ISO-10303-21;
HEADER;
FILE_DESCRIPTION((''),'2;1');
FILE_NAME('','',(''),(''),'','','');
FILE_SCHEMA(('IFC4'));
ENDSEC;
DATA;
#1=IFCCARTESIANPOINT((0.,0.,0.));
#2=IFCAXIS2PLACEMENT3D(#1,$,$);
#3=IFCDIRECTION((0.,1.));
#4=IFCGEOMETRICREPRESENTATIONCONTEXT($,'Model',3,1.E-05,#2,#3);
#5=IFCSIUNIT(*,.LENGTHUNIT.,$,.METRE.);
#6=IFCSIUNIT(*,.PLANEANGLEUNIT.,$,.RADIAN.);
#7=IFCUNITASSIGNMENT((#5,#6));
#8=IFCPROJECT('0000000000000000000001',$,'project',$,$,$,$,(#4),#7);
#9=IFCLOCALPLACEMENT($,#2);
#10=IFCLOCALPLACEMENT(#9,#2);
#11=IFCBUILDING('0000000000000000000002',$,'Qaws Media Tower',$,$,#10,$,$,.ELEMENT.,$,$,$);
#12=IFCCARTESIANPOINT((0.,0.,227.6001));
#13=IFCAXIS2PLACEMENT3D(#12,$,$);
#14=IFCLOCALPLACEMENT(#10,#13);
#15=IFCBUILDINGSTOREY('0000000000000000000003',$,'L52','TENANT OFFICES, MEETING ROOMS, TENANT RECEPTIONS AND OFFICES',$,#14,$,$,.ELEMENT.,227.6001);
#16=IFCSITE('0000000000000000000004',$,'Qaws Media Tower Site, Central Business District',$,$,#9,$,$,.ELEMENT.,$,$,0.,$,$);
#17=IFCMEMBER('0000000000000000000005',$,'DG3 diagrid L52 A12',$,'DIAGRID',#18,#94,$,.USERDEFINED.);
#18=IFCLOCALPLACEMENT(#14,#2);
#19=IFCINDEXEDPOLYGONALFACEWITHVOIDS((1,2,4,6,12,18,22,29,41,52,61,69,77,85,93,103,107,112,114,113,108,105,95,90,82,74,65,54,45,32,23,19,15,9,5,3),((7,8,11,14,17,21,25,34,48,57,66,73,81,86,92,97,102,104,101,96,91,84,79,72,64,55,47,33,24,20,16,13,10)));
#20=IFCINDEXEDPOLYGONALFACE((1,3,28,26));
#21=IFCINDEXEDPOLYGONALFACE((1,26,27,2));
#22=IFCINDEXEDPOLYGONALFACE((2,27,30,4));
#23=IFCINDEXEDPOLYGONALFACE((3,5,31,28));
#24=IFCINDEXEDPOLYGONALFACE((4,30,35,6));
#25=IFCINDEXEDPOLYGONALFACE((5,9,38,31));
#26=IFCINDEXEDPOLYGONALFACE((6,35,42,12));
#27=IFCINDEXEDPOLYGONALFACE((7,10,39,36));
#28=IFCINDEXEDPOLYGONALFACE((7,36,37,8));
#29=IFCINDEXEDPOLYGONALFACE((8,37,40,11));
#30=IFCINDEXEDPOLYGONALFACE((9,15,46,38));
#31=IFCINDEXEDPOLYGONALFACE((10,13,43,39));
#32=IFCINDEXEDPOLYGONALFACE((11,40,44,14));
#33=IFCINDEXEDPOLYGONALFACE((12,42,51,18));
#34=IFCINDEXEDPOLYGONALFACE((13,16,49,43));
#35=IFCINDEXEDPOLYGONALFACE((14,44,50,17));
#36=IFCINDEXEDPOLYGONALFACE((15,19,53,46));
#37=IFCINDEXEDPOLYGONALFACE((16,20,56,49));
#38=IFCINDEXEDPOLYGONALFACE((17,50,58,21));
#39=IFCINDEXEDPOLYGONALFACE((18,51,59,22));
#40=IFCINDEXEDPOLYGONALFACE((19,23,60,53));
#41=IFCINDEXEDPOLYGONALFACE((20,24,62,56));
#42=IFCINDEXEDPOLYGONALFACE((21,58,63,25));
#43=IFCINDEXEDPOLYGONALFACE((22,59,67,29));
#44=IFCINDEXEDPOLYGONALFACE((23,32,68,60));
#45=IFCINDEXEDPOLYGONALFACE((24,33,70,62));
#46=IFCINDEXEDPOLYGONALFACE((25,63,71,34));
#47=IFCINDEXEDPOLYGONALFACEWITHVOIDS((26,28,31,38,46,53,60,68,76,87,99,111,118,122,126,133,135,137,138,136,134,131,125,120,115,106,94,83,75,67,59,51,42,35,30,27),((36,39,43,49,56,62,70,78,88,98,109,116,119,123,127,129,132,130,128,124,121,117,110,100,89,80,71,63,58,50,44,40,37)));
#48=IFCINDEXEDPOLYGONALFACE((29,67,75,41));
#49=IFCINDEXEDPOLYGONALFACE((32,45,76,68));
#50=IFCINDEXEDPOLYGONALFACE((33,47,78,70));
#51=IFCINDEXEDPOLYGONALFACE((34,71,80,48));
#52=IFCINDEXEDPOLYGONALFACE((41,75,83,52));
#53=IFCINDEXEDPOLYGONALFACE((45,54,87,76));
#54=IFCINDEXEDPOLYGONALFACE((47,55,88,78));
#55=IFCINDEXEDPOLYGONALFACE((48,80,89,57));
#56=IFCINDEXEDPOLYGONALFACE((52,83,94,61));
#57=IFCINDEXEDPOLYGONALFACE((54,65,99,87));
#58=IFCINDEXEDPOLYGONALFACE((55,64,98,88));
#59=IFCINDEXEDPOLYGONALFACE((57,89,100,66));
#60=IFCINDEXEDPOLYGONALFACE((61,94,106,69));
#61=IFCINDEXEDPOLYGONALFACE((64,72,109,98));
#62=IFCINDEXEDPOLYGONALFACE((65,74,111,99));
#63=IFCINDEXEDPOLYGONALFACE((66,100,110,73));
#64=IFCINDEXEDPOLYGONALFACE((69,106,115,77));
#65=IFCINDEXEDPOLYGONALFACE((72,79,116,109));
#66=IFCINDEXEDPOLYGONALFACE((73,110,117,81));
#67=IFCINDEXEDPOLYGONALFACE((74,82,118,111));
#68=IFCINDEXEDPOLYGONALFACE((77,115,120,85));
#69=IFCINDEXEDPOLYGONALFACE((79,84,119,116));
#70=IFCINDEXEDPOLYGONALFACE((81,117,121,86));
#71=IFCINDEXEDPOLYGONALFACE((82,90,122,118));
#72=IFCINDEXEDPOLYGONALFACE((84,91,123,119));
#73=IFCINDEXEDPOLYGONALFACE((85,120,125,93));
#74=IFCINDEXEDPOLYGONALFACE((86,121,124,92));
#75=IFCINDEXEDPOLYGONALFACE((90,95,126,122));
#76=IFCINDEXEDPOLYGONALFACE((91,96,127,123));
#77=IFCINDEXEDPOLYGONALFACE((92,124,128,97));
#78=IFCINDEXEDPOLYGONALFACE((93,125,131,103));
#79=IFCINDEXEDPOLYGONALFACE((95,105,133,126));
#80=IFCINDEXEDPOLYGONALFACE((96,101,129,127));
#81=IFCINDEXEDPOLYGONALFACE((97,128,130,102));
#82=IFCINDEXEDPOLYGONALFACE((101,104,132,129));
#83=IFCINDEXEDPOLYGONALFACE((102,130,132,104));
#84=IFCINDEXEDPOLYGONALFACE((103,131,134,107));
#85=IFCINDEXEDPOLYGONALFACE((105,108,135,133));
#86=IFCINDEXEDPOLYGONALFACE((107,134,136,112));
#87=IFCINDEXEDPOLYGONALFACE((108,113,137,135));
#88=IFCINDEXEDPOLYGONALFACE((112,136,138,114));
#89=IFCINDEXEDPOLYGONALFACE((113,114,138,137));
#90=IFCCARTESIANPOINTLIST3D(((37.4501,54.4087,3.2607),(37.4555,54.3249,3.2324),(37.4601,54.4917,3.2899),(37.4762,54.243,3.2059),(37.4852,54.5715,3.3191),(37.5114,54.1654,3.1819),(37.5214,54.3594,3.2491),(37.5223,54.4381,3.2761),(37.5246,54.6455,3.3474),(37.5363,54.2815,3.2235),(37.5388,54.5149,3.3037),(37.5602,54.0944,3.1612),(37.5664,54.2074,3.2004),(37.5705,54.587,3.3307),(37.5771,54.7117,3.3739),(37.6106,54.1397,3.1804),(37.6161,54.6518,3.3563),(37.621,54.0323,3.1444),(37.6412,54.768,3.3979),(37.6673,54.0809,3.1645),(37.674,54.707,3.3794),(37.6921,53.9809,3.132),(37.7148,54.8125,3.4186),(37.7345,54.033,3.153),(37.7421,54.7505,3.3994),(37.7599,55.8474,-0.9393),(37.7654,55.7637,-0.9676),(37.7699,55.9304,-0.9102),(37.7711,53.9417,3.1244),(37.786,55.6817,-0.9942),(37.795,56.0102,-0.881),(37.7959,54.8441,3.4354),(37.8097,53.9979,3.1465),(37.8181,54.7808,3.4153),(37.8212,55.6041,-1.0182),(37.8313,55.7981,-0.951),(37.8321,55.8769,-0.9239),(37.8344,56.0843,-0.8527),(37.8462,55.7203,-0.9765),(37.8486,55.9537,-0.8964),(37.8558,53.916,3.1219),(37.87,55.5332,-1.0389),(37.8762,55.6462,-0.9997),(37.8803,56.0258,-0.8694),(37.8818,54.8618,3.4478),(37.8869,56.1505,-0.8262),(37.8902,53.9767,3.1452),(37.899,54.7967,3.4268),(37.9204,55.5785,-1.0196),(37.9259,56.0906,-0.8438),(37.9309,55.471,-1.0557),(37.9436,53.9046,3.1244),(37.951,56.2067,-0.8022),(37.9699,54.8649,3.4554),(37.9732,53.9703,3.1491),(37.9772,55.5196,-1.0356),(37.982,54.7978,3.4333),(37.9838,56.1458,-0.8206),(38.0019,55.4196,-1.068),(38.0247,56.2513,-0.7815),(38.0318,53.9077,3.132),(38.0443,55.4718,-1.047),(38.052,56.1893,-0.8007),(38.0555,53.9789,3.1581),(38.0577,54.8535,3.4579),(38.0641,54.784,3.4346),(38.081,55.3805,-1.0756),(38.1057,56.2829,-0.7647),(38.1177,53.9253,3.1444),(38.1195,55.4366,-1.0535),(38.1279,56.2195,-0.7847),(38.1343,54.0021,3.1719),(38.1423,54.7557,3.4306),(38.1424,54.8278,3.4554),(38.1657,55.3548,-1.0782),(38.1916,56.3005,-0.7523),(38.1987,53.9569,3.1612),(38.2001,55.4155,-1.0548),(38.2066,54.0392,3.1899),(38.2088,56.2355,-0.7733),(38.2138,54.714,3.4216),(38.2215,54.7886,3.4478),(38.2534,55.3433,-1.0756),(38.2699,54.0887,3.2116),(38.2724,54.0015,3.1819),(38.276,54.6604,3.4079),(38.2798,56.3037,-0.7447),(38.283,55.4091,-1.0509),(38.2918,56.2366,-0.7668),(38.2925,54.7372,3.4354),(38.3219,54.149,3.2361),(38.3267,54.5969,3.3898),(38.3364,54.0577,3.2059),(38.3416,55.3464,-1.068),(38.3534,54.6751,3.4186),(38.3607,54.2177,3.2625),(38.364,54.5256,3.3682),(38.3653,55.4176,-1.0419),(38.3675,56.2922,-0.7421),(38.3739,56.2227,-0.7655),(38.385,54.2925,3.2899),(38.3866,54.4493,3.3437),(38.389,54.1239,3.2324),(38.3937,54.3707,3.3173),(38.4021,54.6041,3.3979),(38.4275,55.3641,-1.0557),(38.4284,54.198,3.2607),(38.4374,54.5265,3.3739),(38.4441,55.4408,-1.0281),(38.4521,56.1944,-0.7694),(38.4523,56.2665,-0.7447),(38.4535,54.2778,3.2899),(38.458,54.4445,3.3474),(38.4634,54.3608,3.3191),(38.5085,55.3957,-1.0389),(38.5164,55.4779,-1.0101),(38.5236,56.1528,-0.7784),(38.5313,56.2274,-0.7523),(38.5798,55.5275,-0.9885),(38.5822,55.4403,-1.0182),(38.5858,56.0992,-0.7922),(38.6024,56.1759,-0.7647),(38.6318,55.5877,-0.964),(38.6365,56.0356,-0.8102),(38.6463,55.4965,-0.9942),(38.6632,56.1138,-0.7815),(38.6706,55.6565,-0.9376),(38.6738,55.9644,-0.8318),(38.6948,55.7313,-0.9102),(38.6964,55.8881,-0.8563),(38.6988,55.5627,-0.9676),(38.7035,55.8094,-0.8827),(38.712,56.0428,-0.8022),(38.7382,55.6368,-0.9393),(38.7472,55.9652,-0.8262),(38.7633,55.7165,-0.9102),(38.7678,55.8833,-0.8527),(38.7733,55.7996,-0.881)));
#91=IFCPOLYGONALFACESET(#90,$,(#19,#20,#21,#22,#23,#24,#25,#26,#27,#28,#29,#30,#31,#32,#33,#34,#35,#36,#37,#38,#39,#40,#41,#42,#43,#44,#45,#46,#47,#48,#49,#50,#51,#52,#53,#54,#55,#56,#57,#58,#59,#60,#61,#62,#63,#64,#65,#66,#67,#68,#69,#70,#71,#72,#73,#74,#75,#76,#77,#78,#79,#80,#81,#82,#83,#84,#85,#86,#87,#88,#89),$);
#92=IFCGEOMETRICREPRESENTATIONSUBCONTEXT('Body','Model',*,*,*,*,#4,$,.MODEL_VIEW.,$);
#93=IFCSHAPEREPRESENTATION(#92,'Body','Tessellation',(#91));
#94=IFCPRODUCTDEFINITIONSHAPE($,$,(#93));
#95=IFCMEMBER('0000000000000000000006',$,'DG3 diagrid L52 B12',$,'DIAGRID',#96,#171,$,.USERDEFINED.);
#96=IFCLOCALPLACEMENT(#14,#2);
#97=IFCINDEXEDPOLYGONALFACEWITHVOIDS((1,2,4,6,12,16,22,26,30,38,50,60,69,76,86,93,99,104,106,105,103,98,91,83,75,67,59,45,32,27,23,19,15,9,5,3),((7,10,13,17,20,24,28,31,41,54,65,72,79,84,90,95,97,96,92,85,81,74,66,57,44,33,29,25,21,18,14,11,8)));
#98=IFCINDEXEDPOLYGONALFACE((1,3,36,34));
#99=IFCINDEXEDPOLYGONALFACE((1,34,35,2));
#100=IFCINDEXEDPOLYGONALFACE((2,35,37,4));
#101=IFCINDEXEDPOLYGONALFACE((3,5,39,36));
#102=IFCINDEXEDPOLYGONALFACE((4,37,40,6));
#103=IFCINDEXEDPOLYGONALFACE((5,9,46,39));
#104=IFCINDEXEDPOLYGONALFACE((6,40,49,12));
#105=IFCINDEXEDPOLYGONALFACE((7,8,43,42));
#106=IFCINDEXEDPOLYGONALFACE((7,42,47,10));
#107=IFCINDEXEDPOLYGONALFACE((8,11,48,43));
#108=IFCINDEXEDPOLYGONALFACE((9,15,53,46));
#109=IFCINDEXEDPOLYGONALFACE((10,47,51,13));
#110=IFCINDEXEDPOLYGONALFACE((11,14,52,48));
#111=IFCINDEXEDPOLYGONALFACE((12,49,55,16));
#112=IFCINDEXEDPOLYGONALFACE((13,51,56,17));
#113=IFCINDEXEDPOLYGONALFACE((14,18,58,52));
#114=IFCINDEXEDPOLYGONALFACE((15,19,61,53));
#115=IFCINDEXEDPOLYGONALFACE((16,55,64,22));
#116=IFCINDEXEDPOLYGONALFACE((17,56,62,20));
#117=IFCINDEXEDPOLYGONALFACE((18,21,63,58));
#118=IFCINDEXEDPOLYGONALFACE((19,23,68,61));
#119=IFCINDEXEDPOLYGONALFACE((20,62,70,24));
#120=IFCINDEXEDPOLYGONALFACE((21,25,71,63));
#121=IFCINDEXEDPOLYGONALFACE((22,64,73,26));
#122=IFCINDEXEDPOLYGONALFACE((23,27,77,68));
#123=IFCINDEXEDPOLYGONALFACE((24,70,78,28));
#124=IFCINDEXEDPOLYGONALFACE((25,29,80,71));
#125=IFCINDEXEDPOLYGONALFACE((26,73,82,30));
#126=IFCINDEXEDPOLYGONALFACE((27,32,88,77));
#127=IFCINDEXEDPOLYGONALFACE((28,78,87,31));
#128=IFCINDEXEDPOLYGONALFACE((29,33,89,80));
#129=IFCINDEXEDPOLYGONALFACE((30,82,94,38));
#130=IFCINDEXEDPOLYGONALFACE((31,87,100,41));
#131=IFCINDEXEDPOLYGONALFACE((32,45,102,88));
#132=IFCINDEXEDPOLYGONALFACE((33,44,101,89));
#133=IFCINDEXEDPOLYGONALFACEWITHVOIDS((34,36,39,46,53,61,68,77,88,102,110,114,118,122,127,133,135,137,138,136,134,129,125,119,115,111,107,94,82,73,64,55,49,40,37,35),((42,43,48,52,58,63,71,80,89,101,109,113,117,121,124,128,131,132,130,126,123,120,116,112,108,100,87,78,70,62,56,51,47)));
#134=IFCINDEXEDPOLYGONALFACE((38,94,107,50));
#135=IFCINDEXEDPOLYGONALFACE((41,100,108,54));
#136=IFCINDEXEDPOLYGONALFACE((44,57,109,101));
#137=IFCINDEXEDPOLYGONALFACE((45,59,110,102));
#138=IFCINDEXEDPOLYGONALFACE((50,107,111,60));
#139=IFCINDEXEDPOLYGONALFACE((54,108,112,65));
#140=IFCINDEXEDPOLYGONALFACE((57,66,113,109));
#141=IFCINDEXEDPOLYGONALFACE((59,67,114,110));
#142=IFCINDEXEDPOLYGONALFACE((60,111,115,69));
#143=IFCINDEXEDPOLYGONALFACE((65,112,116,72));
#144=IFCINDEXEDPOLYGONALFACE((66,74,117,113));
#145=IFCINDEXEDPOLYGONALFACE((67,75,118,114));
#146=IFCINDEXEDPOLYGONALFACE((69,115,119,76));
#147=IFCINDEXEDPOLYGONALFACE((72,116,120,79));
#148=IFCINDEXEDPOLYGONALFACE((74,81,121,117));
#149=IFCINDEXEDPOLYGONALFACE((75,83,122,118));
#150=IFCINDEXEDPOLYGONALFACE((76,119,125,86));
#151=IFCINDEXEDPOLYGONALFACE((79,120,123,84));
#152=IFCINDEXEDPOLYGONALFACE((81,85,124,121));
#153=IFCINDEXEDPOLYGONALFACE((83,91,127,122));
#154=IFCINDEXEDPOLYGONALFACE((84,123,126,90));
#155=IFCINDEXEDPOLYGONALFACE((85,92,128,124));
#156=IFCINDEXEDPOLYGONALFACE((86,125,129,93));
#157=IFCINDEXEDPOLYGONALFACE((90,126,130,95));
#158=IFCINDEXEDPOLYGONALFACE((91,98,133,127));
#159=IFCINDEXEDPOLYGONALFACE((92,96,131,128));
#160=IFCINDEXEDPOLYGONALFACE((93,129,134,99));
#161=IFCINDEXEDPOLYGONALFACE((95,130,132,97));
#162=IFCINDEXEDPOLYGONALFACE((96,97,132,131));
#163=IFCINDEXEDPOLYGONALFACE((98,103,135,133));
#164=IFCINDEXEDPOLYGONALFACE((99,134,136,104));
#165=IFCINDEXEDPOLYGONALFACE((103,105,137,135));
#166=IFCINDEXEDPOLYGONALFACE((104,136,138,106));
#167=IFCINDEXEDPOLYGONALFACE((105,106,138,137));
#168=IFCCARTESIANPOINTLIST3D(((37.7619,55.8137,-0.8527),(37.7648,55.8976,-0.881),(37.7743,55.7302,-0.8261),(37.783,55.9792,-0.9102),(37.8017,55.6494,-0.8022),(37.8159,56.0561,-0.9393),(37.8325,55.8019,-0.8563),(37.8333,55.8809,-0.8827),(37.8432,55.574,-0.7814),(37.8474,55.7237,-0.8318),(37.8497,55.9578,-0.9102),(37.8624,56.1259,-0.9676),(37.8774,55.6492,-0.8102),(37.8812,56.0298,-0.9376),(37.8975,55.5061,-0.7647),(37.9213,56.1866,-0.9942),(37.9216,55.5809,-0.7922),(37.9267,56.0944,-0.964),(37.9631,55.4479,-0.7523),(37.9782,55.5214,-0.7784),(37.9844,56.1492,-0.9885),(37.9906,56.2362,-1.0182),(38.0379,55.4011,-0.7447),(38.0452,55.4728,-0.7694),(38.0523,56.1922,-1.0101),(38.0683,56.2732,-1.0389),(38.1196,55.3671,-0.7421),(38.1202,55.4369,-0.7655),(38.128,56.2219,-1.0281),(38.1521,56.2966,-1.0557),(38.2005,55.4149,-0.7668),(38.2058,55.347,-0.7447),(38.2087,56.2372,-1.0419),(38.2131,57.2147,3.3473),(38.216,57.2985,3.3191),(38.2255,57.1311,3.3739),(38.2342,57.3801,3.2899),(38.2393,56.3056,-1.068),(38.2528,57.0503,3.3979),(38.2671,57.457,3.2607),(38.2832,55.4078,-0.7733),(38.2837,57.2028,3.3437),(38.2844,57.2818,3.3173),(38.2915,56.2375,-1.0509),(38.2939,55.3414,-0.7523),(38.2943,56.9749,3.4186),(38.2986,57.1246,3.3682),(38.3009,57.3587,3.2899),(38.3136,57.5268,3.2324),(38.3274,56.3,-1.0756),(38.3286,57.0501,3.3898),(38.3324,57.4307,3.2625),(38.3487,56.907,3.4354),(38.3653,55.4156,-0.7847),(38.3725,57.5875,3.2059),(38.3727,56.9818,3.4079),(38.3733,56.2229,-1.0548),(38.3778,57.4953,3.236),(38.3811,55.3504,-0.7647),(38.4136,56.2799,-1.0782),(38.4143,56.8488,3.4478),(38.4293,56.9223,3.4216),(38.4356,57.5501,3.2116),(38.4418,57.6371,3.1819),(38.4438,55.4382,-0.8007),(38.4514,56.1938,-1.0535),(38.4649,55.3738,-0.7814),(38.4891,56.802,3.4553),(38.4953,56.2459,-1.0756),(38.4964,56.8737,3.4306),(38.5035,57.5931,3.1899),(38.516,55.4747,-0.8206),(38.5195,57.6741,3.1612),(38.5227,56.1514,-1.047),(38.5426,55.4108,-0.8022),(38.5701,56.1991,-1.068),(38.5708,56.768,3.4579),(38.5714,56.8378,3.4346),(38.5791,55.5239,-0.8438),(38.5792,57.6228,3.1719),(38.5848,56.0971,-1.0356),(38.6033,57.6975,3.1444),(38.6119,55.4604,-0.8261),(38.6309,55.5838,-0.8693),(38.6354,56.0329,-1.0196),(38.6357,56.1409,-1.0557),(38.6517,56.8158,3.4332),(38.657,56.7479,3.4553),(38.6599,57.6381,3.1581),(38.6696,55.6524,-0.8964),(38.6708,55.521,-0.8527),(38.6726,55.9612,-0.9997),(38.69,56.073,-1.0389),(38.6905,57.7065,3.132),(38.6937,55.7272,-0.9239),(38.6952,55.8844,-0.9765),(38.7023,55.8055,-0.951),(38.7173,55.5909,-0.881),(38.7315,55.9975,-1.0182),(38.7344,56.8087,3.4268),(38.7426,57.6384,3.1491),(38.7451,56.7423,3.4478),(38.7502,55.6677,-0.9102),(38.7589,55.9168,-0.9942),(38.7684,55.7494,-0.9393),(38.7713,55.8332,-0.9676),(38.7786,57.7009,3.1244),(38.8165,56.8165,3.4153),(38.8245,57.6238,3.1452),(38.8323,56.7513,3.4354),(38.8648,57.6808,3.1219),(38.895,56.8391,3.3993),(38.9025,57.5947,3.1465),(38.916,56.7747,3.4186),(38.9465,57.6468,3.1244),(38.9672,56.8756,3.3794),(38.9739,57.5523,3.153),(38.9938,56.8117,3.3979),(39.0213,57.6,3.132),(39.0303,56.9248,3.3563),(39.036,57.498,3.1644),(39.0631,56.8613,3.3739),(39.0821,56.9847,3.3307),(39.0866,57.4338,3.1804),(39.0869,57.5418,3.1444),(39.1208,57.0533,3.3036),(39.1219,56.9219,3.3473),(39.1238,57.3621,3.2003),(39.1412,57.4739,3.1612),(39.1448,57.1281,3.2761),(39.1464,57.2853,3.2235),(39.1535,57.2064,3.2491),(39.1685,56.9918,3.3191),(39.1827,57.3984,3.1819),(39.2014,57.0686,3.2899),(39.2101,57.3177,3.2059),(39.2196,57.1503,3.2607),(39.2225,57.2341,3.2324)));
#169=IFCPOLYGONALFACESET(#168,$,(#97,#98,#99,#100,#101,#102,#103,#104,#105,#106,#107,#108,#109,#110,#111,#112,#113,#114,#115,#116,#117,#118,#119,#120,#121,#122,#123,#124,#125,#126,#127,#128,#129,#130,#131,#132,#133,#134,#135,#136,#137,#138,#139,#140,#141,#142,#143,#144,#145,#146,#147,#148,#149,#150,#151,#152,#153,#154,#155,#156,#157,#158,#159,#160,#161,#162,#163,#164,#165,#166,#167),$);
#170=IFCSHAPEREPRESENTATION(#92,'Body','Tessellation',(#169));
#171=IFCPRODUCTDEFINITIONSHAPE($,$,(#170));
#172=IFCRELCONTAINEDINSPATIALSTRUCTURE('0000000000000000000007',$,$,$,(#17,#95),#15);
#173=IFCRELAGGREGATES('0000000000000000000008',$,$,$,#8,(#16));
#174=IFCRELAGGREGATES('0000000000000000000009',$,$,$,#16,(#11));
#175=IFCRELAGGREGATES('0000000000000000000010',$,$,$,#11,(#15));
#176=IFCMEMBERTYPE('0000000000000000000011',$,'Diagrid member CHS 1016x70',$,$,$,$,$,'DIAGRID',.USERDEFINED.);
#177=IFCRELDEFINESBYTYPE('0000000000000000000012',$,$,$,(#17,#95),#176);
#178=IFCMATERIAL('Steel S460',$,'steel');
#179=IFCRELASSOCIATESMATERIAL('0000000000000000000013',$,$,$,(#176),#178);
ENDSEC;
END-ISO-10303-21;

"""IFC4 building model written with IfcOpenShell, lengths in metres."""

from ifc_helpers import new_model, si_unit, direction, frame, origin, origin_2d, place, context, subcontext, project, spatial, hollow_circle, extrude, material, material_profile, profile_set, type_object, element, save


model = new_model("IFC4")

# Units and contexts
model_context = context("Model", 3, precision=1e-05, world=origin(), true_north=direction((0.0, 1.0)))
body_context = subcontext(model_context, "Body", "Model", "MODEL_VIEW")
ifc_project = project(units=[si_unit("LENGTHUNIT", "METRE"), si_unit("PLANEANGLEUNIT", "RADIAN")], contexts=[model_context])

# Site, building, storey
site_placement = place(None, origin())
site = spatial("IfcSite", under=ifc_project, at=site_placement, Name="Qaws Media Tower Site, Central Business District", CompositionType="ELEMENT", RefElevation=0.0)
building_placement = place(site_placement, origin())
building = spatial("IfcBuilding", under=site, at=building_placement, Name="Qaws Media Tower", CompositionType="ELEMENT")
storey_placement = place(building_placement, frame((0.0, 0.0, 227.6001)))
storey = spatial("IfcBuildingStorey", under=building, at=storey_placement, Name="L52", Description="TENANT OFFICES, MEETING ROOMS, TENANT RECEPTIONS AND OFFICES", CompositionType="ELEMENT", Elevation=227.6001)

# Members
ifc_material_1 = material(Name="Steel S460", Category="steel")
ifc_material_profile_1 = material_profile(ifc_material_1, hollow_circle(Radius=0.5081, WallThickness=0.0701, at=origin_2d()), Name="CHS 1016x70")
ifc_profile_set_1 = profile_set([ifc_material_profile_1], Name="Steel S460")
member_type_1 = type_object("IfcMemberType", Name="Diagrid member CHS 1016x70", ElementType="DIAGRID", PredefinedType="USERDEFINED", material=ifc_profile_set_1)
for number, where, z_axis, x_axis, name in (
    (1, (38.2666, 55.8235, -0.9102), (-0.069616, -0.323284, 0.943738), (0.977591, -0.210515, 0.0), "DG3 diagrid L52 A12"),
    (2, (38.2666, 55.8235, -0.9102), (0.101379, 0.31478, 0.943735), (-0.951852, 0.306557, 0.0), "DG3 diagrid L52 B12"),
):
    element("IfcMember", number, at=place(storey_placement, frame(where, z_axis=z_axis, x_axis=x_axis)), inside=storey, type_object=member_type_1, Name=name, ObjectType="DIAGRID", PredefinedType="USERDEFINED", context=body_context, shape_type="SweptSolid", body=[
        extrude(hollow_circle(Radius=0.5081, WallThickness=0.0701, at=origin_2d()), origin(), (0.0, 0.0, 1.0), 4.4504),
    ])

save(model, "model.ifc")
